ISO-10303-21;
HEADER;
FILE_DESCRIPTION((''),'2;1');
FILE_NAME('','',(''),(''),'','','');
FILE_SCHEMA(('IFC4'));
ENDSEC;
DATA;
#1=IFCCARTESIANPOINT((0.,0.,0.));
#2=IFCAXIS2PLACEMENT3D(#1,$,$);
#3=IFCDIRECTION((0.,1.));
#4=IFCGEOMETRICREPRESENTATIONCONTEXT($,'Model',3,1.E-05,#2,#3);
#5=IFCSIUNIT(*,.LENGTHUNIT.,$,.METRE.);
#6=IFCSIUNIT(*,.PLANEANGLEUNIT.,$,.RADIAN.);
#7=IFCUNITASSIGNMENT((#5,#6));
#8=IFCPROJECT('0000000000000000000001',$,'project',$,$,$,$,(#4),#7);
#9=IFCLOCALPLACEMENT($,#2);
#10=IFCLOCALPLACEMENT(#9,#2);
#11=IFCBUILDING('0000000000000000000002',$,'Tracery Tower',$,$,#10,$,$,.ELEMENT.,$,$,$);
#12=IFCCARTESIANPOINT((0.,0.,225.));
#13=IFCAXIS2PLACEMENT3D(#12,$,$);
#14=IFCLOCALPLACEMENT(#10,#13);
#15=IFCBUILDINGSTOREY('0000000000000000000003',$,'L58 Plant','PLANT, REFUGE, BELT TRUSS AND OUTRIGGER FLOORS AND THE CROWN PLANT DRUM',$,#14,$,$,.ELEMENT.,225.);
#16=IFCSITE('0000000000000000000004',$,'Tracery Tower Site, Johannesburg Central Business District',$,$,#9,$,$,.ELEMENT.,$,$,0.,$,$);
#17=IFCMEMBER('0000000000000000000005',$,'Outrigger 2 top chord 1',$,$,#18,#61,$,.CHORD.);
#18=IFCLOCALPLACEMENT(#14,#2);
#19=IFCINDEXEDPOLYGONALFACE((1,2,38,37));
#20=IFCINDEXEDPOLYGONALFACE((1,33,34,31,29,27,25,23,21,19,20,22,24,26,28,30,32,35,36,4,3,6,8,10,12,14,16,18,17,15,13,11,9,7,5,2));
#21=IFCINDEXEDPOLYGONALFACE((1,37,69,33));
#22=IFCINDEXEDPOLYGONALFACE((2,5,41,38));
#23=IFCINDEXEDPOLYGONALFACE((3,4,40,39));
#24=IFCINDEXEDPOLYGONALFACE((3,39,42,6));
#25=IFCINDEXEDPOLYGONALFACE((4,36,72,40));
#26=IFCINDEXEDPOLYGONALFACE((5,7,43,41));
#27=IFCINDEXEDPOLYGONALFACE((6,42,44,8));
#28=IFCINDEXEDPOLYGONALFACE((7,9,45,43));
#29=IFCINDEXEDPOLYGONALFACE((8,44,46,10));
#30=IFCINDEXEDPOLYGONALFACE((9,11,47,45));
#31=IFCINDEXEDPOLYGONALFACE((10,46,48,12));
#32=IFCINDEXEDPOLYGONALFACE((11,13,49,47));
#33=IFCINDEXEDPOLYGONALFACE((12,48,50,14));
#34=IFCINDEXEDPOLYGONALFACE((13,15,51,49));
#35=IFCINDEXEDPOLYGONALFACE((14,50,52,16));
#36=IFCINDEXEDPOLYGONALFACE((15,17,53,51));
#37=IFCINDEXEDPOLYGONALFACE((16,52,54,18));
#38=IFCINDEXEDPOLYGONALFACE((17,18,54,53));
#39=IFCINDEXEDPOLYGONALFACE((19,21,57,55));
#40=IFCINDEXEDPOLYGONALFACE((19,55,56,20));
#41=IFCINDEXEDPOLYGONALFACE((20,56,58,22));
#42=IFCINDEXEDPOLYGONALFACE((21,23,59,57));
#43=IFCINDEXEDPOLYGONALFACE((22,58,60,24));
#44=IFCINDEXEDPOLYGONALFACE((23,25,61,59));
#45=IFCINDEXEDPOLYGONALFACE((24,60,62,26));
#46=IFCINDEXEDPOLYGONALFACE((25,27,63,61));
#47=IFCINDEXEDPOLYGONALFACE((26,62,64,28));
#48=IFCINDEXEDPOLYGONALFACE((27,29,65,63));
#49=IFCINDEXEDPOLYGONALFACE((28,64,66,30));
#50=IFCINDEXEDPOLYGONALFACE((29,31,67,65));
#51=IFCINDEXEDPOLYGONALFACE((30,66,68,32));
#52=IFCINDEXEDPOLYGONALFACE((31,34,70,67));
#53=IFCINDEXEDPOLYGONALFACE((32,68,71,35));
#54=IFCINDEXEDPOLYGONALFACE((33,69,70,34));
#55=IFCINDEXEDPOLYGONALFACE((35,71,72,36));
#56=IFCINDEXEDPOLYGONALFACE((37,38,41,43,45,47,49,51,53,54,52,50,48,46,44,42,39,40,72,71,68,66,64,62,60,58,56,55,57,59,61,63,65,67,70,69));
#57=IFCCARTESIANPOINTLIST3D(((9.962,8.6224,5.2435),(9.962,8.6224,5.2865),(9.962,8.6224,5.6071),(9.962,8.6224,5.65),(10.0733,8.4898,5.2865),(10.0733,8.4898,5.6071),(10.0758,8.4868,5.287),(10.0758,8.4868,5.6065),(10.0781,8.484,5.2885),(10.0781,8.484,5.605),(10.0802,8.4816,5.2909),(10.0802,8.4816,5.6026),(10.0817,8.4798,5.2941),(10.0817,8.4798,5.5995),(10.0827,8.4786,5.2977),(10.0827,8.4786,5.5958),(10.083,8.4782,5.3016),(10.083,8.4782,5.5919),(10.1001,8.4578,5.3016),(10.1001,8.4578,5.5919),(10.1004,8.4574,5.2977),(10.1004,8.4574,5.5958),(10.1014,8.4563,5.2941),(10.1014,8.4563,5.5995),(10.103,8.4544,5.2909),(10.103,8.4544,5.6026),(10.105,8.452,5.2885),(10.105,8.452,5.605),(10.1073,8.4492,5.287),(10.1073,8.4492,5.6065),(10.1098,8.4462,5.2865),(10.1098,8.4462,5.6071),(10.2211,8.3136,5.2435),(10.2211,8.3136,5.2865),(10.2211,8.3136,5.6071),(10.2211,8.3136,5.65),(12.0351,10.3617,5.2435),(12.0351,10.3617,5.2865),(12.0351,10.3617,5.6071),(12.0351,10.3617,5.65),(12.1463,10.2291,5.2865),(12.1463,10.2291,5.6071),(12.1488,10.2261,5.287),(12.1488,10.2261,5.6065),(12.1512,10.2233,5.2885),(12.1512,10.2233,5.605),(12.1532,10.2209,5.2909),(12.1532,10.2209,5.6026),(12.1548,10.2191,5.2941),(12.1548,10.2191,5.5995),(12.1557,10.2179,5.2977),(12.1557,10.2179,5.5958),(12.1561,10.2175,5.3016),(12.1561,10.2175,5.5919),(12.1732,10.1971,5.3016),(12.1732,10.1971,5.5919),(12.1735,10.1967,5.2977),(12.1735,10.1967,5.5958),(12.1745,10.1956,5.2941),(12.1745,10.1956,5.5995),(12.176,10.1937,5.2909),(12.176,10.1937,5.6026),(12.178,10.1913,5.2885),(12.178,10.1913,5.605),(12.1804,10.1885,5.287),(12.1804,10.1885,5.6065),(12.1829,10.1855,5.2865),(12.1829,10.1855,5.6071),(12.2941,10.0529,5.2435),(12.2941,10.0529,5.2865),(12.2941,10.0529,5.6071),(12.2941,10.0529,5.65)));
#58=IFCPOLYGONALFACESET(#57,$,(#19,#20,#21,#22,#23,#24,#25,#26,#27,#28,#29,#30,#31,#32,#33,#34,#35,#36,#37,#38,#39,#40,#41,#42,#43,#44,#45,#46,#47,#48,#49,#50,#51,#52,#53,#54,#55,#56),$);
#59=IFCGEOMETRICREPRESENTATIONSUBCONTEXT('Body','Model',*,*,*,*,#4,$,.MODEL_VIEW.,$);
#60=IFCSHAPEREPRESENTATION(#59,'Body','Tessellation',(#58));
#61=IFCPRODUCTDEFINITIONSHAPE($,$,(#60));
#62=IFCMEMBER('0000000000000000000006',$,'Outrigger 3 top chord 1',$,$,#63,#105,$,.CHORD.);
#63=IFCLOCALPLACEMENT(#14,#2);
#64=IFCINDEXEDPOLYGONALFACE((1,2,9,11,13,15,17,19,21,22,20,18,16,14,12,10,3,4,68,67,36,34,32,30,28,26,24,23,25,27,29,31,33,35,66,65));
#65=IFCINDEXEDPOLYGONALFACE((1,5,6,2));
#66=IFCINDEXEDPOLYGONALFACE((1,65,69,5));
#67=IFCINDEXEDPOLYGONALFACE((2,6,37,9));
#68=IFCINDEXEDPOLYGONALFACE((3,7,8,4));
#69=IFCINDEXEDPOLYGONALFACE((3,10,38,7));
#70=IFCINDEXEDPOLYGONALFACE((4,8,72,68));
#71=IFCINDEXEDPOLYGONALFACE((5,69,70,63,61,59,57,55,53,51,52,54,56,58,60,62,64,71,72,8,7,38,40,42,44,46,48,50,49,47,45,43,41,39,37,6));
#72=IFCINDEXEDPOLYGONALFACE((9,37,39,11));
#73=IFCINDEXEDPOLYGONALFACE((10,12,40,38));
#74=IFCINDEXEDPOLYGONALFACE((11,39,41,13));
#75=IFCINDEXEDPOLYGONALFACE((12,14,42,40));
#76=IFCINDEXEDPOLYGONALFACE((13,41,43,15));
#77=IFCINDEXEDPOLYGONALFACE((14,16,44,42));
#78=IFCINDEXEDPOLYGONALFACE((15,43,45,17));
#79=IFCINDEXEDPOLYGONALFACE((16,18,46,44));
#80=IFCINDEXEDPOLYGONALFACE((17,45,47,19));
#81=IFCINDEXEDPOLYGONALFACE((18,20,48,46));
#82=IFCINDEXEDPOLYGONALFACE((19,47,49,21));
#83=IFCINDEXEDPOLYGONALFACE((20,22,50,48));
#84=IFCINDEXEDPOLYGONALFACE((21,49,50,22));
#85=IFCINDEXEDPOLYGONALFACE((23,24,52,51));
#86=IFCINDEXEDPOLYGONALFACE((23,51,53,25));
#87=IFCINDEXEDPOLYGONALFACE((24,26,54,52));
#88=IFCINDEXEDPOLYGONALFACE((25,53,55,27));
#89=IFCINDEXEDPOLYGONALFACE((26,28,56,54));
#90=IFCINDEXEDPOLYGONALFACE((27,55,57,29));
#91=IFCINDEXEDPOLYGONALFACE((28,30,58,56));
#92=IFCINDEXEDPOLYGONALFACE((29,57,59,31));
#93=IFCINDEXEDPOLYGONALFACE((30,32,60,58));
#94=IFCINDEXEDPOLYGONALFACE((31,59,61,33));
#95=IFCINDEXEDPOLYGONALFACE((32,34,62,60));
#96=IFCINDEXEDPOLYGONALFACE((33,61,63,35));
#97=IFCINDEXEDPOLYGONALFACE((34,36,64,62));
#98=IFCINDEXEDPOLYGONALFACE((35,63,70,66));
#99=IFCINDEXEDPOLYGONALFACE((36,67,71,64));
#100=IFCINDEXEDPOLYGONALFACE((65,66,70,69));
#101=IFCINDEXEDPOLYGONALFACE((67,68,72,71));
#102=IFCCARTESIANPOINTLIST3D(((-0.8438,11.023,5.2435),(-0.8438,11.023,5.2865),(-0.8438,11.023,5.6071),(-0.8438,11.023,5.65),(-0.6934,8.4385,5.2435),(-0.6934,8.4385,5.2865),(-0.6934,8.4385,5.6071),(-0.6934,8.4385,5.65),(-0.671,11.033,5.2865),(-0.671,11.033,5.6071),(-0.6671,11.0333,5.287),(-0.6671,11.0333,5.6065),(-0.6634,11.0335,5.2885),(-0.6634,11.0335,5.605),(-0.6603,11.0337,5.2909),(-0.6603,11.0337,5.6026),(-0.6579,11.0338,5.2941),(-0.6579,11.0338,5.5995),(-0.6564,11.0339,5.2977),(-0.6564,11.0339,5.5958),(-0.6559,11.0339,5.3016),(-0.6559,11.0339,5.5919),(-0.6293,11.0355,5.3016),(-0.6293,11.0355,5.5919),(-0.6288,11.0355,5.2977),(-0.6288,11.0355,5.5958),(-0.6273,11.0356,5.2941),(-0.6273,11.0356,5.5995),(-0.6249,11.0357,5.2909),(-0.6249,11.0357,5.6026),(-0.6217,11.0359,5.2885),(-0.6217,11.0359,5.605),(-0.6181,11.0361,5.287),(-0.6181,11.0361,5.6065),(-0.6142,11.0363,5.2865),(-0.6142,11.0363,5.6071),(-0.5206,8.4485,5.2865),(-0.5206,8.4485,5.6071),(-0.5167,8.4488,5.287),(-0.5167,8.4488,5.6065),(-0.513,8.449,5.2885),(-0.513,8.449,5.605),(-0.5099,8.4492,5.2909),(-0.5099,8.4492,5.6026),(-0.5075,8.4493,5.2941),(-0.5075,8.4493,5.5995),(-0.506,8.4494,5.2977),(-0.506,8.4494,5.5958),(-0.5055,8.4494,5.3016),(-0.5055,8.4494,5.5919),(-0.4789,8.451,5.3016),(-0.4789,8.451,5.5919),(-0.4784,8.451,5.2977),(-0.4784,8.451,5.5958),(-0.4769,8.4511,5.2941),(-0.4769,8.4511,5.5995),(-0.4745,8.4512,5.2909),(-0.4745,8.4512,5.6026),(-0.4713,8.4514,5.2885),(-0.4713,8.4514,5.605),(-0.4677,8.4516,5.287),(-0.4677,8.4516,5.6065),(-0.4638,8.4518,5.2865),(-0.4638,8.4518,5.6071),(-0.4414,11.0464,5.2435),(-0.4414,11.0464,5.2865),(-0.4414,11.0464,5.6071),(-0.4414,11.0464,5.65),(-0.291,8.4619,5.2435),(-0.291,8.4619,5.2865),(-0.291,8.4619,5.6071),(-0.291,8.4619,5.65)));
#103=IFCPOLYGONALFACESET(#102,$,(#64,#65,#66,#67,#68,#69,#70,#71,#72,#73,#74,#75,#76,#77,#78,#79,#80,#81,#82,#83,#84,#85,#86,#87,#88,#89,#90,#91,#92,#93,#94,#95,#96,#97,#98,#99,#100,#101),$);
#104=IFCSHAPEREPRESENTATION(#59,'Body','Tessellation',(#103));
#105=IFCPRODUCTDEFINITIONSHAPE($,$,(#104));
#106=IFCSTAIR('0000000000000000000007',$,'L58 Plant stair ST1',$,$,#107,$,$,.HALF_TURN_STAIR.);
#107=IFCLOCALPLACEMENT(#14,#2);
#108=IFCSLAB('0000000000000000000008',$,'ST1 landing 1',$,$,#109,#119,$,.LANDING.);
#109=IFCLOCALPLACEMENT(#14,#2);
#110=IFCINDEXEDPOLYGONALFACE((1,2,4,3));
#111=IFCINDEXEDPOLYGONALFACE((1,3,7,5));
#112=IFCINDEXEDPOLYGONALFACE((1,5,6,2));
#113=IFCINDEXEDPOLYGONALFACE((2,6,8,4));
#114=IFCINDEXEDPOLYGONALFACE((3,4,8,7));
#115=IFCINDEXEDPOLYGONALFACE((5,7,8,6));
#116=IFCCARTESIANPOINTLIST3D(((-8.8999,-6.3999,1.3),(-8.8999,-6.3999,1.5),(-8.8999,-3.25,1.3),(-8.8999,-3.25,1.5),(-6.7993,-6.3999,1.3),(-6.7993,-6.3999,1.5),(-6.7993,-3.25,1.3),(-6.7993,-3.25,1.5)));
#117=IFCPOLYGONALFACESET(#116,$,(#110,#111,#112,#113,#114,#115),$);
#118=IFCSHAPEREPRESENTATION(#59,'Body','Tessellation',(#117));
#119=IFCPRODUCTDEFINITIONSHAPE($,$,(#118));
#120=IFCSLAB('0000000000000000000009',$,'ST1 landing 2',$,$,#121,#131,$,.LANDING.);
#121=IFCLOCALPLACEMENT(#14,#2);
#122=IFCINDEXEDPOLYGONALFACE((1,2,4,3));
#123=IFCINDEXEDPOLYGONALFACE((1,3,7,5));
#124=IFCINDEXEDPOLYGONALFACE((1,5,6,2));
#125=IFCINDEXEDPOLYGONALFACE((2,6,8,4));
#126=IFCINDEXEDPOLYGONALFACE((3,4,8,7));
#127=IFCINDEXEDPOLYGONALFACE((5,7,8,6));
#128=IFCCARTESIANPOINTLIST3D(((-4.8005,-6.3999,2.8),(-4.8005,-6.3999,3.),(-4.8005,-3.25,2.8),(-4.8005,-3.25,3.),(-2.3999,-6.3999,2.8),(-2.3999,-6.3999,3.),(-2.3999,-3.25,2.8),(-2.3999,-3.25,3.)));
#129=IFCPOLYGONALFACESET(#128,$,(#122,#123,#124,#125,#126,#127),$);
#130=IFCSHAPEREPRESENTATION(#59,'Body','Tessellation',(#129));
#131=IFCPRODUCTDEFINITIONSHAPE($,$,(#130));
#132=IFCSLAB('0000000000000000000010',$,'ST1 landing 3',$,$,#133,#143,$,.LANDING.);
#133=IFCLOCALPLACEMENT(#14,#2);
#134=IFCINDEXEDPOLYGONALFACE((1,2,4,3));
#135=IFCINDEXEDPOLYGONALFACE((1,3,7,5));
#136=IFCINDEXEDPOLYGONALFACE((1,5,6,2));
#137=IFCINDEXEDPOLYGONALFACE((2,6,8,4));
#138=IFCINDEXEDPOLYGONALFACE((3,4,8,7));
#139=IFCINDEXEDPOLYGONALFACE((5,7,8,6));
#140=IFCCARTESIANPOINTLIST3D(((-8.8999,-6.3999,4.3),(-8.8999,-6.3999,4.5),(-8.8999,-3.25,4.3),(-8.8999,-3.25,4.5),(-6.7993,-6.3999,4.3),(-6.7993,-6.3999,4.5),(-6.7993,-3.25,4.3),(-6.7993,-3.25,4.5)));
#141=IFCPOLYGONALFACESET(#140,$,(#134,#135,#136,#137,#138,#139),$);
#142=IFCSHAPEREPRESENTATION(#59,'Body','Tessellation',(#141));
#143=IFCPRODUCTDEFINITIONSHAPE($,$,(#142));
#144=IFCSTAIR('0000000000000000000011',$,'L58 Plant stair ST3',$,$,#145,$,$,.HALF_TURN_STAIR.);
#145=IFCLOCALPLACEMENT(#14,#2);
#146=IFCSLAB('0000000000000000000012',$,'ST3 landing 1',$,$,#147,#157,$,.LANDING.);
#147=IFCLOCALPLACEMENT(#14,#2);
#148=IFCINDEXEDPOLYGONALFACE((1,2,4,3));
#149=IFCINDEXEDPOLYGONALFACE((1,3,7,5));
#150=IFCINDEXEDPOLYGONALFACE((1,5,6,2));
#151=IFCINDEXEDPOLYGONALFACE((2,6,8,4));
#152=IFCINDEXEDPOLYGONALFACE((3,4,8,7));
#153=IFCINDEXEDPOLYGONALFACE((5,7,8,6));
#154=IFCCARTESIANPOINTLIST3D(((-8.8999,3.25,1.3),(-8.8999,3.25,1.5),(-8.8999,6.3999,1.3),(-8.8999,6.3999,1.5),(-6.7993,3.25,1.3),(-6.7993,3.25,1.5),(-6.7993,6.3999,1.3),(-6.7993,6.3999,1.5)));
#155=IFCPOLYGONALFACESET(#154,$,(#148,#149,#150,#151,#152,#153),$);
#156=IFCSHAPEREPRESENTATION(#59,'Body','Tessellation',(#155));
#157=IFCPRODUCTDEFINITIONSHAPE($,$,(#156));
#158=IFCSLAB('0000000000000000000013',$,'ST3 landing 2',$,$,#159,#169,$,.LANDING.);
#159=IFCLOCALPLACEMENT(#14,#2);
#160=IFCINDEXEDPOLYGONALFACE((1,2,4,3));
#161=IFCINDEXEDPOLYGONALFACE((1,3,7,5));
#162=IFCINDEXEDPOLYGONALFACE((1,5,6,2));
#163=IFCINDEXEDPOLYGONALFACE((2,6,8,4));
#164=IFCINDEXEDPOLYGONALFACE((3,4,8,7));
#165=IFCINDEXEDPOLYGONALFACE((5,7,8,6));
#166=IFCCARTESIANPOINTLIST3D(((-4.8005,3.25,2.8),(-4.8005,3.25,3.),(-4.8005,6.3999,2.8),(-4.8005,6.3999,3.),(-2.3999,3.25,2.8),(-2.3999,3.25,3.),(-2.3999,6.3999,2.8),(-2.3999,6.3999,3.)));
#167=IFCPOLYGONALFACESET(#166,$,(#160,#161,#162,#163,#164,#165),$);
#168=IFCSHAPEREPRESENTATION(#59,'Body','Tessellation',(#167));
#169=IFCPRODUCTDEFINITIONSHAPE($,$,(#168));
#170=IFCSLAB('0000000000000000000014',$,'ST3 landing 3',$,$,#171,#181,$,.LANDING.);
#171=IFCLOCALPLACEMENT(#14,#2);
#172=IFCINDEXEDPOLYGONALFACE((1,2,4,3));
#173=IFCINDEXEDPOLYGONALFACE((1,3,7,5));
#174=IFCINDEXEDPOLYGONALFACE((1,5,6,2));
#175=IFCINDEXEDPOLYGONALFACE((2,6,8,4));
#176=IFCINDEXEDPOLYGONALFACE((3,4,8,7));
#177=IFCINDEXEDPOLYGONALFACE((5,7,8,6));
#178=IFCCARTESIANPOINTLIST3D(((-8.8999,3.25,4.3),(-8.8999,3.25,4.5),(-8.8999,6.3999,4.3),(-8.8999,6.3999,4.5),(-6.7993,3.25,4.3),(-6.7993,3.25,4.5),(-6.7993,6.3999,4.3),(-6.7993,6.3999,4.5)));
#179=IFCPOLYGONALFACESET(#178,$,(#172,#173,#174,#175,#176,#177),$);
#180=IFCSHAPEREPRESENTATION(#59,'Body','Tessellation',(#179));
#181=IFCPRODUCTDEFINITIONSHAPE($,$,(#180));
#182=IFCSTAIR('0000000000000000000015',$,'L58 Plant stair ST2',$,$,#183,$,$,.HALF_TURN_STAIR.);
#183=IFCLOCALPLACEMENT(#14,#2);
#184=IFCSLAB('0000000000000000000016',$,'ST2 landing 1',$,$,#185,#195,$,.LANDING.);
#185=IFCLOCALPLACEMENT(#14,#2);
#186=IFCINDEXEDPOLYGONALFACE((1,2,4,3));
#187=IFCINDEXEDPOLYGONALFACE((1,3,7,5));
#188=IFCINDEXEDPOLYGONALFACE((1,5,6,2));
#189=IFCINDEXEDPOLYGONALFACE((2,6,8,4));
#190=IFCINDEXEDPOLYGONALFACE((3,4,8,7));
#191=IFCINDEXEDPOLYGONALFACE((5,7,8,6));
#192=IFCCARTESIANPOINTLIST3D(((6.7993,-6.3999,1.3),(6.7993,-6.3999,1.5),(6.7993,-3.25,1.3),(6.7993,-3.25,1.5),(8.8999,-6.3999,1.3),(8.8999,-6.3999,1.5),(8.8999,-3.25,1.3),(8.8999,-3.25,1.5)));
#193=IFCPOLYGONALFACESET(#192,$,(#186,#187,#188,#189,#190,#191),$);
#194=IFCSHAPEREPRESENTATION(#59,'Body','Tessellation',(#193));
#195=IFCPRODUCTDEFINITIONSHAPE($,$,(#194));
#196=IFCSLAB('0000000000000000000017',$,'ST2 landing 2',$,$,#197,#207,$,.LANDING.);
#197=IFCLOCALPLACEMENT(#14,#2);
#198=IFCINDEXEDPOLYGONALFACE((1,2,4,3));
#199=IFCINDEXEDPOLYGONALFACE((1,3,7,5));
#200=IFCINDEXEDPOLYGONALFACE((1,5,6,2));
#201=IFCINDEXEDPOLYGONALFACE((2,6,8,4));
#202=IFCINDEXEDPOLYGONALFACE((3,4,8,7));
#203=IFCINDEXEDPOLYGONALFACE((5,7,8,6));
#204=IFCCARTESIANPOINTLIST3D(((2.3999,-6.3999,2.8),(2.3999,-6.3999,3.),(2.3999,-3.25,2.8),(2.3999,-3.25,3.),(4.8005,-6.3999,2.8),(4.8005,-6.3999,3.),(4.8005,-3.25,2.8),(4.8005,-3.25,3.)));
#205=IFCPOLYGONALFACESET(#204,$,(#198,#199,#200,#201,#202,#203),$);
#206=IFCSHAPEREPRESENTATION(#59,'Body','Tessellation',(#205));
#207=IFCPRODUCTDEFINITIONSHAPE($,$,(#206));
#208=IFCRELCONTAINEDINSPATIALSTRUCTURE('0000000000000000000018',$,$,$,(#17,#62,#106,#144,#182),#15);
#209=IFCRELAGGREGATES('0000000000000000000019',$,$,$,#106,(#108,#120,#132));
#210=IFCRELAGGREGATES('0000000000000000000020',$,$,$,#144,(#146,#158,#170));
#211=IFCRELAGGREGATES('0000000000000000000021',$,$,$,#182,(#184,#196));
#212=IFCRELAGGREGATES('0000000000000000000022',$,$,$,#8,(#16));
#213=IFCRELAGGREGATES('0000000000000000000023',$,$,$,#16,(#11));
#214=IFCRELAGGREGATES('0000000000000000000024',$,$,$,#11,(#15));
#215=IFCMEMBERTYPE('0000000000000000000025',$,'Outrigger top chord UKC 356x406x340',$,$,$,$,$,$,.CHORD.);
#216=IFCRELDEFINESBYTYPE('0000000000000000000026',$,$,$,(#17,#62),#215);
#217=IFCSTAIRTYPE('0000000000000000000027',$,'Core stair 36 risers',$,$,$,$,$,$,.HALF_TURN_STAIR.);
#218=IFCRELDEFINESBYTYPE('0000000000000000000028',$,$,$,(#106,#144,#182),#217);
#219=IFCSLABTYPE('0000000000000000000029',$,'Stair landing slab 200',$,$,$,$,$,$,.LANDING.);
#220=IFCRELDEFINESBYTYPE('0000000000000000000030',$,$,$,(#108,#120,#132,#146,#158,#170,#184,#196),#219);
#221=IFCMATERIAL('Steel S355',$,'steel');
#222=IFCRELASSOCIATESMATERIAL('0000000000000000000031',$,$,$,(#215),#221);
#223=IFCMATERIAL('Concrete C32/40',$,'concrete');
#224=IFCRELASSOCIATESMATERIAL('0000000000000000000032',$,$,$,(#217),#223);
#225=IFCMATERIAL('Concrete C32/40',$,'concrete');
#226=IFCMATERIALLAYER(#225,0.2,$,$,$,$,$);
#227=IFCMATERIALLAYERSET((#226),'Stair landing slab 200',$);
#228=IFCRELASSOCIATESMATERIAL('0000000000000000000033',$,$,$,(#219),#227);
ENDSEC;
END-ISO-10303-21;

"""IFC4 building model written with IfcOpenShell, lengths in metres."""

from ifc_helpers import new_model, si_unit, direction, frame, origin, origin_2d, place, context, subcontext, project, spatial, polyline, i_section, outline, extrude, material, layer, layer_set, material_profile, profile_set, type_object, element, aggregate, save


model = new_model("IFC4")

# Units and contexts
model_context = context("Model", 3, precision=1e-05, world=origin(), true_north=direction((0.0, 1.0)))
body_context = subcontext(model_context, "Body", "Model", "MODEL_VIEW")
ifc_project = project(units=[si_unit("LENGTHUNIT", "METRE"), si_unit("PLANEANGLEUNIT", "RADIAN")], contexts=[model_context])

# Site, building, storey
site_placement = place(None, origin())
site = spatial("IfcSite", under=ifc_project, at=site_placement, Name="Tracery Tower Site, Johannesburg Central Business District", CompositionType="ELEMENT", RefElevation=0.0)
building_placement = place(site_placement, origin())
building = spatial("IfcBuilding", under=site, at=building_placement, Name="Tracery Tower", CompositionType="ELEMENT")
storey_placement = place(building_placement, frame((0.0, 0.0, 225.0)))
storey = spatial("IfcBuildingStorey", under=building, at=storey_placement, Name="L58 Plant", Description="PLANT, REFUGE, BELT TRUSS AND OUTRIGGER FLOORS AND THE CROWN PLANT DRUM", CompositionType="ELEMENT", Elevation=225.0)

# Members
ifc_material_1 = material(Name="Steel S355", Category="steel")
ifc_material_profile_1 = material_profile(ifc_material_1, i_section(OverallWidth=0.4031, OverallDepth=0.4065, WebThickness=0.0266, FlangeThickness=0.043, FilletRadius=0.0151, at=origin_2d()), Name="UKC 356x406x340")
ifc_profile_set_1 = profile_set([ifc_material_profile_1], Name="Steel S355")
member_type_1 = type_object("IfcMemberType", Name="Outrigger top chord UKC 356x406x340", PredefinedType="CHORD", material=ifc_profile_set_1)
member_1_placement = place(storey_placement, frame((10.0916, 8.468, 5.4468), z_axis=(0.76608, 0.642746, 0.0), x_axis=(-0.642746, 0.76608, 0.0)))
element("IfcMember", 1, at=member_1_placement, inside=storey, type_object=member_type_1, Name="Outrigger 2 top chord 1", PredefinedType="CHORD", context=body_context, shape_type="SweptSolid", body=[
    extrude(i_section(OverallWidth=0.4031, OverallDepth=0.4065, WebThickness=0.0266, FlangeThickness=0.043, FilletRadius=0.0151, at=origin_2d()), origin(), (0.0, 0.0, 1.0), 2.7061),
])
member_2_placement = place(storey_placement, frame((-0.4922, 8.4502, 5.4468), z_axis=(-0.058092, 0.998311, 0.0), x_axis=(-0.998311, -0.058092, 0.0)))
element("IfcMember", 2, at=member_2_placement, inside=storey, type_object=member_type_1, Name="Outrigger 3 top chord 1", PredefinedType="CHORD", context=body_context, shape_type="SweptSolid", body=[
    extrude(i_section(OverallWidth=0.4031, OverallDepth=0.4065, WebThickness=0.0266, FlangeThickness=0.043, FilletRadius=0.0151, at=origin_2d()), origin(), (0.0, 0.0, 1.0), 2.5889),
])

# Stairs, slabs
ifc_material_2 = material(Name="Concrete C32/40", Category="concrete")
stair_type = type_object("IfcStairType", Name="Core stair 36 risers", PredefinedType="HALF_TURN_STAIR", material=ifc_material_2)
stair_1_placement = place(storey_placement, origin())
stair_1 = element("IfcStair", 3, at=stair_1_placement, inside=storey, type_object=stair_type, Name="L58 Plant stair ST1", PredefinedType="HALF_TURN_STAIR")
ifc_material_3 = material(Name="Concrete C32/40", Category="concrete")
ifc_layer_1 = layer(ifc_material_3, 0.2)
ifc_layer_set_1 = layer_set([ifc_layer_1], Name="Stair landing slab 200")
slab_type = type_object("IfcSlabType", Name="Stair landing slab 200", PredefinedType="LANDING", material=ifc_layer_set_1)
slab_1_placement = place(storey_placement, frame((0.0, 0.0, 1.3)))
slab_1 = element("IfcSlab", 4, at=slab_1_placement, type_object=slab_type, Name="ST1 landing 1", PredefinedType="LANDING", context=body_context, shape_type="SweptSolid", body=[
    extrude(outline(polyline([(-6.7993, -3.25), (-8.8999, -3.25), (-8.8999, -6.3999), (-6.7993, -6.3999), (-6.7993, -3.25)])), origin(), (0.0, 0.0, 1.0), 0.2),
])
slab_2_placement = place(storey_placement, frame((0.0, 0.0, 2.8)))
slab_2 = element("IfcSlab", 5, at=slab_2_placement, type_object=slab_type, Name="ST1 landing 2", PredefinedType="LANDING", context=body_context, shape_type="SweptSolid", body=[
    extrude(outline(polyline([(-2.3999, -3.25), (-4.8005, -3.25), (-4.8005, -6.3999), (-2.3999, -6.3999), (-2.3999, -3.25)])), origin(), (0.0, 0.0, 1.0), 0.2),
])
slab_3_placement = place(storey_placement, frame((0.0, 0.0, 4.3)))
slab_3 = element("IfcSlab", 6, at=slab_3_placement, type_object=slab_type, Name="ST1 landing 3", PredefinedType="LANDING", context=body_context, shape_type="SweptSolid", body=[
    extrude(outline(polyline([(-6.7993, -3.25), (-8.8999, -3.25), (-8.8999, -6.3999), (-6.7993, -6.3999), (-6.7993, -3.25)])), origin(), (0.0, 0.0, 1.0), 0.2),
])
aggregate(stair_1, [slab_1, slab_2, slab_3])
stair_2_placement = place(storey_placement, origin())
stair_2 = element("IfcStair", 7, at=stair_2_placement, inside=storey, type_object=stair_type, Name="L58 Plant stair ST3", PredefinedType="HALF_TURN_STAIR")
slab_4_placement = place(storey_placement, frame((0.0, 0.0, 1.3)))
slab_4 = element("IfcSlab", 8, at=slab_4_placement, type_object=slab_type, Name="ST3 landing 1", PredefinedType="LANDING", context=body_context, shape_type="SweptSolid", body=[
    extrude(outline(polyline([(-6.7993, 6.3999), (-8.8999, 6.3999), (-8.8999, 3.25), (-6.7993, 3.25), (-6.7993, 6.3999)])), origin(), (0.0, 0.0, 1.0), 0.2),
])
slab_5_placement = place(storey_placement, frame((0.0, 0.0, 2.8)))
slab_5 = element("IfcSlab", 9, at=slab_5_placement, type_object=slab_type, Name="ST3 landing 2", PredefinedType="LANDING", context=body_context, shape_type="SweptSolid", body=[
    extrude(outline(polyline([(-2.3999, 6.3999), (-4.8005, 6.3999), (-4.8005, 3.25), (-2.3999, 3.25), (-2.3999, 6.3999)])), origin(), (0.0, 0.0, 1.0), 0.2),
])
slab_6_placement = place(storey_placement, frame((0.0, 0.0, 4.3)))
slab_6 = element("IfcSlab", 10, at=slab_6_placement, type_object=slab_type, Name="ST3 landing 3", PredefinedType="LANDING", context=body_context, shape_type="SweptSolid", body=[
    extrude(outline(polyline([(-6.7993, 6.3999), (-8.8999, 6.3999), (-8.8999, 3.25), (-6.7993, 3.25), (-6.7993, 6.3999)])), origin(), (0.0, 0.0, 1.0), 0.2),
])
aggregate(stair_2, [slab_4, slab_5, slab_6])
stair_3_placement = place(storey_placement, origin())
stair_3 = element("IfcStair", 11, at=stair_3_placement, inside=storey, type_object=stair_type, Name="L58 Plant stair ST2", PredefinedType="HALF_TURN_STAIR")
slab_7_placement = place(storey_placement, frame((0.0, 0.0, 1.3)))
slab_7 = element("IfcSlab", 12, at=slab_7_placement, type_object=slab_type, Name="ST2 landing 1", PredefinedType="LANDING", context=body_context, shape_type="SweptSolid", body=[
    extrude(outline(polyline([(6.7993, -6.3999), (8.8999, -6.3999), (8.8999, -3.25), (6.7993, -3.25), (6.7993, -6.3999)])), origin(), (0.0, 0.0, 1.0), 0.2),
])
slab_8_placement = place(storey_placement, frame((0.0, 0.0, 2.8)))
slab_8 = element("IfcSlab", 13, at=slab_8_placement, type_object=slab_type, Name="ST2 landing 2", PredefinedType="LANDING", context=body_context, shape_type="SweptSolid", body=[
    extrude(outline(polyline([(2.3999, -6.3999), (4.8005, -6.3999), (4.8005, -3.25), (2.3999, -3.25), (2.3999, -6.3999)])), origin(), (0.0, 0.0, 1.0), 0.2),
])
aggregate(stair_3, [slab_7, slab_8])

save(model, "model.ifc")
